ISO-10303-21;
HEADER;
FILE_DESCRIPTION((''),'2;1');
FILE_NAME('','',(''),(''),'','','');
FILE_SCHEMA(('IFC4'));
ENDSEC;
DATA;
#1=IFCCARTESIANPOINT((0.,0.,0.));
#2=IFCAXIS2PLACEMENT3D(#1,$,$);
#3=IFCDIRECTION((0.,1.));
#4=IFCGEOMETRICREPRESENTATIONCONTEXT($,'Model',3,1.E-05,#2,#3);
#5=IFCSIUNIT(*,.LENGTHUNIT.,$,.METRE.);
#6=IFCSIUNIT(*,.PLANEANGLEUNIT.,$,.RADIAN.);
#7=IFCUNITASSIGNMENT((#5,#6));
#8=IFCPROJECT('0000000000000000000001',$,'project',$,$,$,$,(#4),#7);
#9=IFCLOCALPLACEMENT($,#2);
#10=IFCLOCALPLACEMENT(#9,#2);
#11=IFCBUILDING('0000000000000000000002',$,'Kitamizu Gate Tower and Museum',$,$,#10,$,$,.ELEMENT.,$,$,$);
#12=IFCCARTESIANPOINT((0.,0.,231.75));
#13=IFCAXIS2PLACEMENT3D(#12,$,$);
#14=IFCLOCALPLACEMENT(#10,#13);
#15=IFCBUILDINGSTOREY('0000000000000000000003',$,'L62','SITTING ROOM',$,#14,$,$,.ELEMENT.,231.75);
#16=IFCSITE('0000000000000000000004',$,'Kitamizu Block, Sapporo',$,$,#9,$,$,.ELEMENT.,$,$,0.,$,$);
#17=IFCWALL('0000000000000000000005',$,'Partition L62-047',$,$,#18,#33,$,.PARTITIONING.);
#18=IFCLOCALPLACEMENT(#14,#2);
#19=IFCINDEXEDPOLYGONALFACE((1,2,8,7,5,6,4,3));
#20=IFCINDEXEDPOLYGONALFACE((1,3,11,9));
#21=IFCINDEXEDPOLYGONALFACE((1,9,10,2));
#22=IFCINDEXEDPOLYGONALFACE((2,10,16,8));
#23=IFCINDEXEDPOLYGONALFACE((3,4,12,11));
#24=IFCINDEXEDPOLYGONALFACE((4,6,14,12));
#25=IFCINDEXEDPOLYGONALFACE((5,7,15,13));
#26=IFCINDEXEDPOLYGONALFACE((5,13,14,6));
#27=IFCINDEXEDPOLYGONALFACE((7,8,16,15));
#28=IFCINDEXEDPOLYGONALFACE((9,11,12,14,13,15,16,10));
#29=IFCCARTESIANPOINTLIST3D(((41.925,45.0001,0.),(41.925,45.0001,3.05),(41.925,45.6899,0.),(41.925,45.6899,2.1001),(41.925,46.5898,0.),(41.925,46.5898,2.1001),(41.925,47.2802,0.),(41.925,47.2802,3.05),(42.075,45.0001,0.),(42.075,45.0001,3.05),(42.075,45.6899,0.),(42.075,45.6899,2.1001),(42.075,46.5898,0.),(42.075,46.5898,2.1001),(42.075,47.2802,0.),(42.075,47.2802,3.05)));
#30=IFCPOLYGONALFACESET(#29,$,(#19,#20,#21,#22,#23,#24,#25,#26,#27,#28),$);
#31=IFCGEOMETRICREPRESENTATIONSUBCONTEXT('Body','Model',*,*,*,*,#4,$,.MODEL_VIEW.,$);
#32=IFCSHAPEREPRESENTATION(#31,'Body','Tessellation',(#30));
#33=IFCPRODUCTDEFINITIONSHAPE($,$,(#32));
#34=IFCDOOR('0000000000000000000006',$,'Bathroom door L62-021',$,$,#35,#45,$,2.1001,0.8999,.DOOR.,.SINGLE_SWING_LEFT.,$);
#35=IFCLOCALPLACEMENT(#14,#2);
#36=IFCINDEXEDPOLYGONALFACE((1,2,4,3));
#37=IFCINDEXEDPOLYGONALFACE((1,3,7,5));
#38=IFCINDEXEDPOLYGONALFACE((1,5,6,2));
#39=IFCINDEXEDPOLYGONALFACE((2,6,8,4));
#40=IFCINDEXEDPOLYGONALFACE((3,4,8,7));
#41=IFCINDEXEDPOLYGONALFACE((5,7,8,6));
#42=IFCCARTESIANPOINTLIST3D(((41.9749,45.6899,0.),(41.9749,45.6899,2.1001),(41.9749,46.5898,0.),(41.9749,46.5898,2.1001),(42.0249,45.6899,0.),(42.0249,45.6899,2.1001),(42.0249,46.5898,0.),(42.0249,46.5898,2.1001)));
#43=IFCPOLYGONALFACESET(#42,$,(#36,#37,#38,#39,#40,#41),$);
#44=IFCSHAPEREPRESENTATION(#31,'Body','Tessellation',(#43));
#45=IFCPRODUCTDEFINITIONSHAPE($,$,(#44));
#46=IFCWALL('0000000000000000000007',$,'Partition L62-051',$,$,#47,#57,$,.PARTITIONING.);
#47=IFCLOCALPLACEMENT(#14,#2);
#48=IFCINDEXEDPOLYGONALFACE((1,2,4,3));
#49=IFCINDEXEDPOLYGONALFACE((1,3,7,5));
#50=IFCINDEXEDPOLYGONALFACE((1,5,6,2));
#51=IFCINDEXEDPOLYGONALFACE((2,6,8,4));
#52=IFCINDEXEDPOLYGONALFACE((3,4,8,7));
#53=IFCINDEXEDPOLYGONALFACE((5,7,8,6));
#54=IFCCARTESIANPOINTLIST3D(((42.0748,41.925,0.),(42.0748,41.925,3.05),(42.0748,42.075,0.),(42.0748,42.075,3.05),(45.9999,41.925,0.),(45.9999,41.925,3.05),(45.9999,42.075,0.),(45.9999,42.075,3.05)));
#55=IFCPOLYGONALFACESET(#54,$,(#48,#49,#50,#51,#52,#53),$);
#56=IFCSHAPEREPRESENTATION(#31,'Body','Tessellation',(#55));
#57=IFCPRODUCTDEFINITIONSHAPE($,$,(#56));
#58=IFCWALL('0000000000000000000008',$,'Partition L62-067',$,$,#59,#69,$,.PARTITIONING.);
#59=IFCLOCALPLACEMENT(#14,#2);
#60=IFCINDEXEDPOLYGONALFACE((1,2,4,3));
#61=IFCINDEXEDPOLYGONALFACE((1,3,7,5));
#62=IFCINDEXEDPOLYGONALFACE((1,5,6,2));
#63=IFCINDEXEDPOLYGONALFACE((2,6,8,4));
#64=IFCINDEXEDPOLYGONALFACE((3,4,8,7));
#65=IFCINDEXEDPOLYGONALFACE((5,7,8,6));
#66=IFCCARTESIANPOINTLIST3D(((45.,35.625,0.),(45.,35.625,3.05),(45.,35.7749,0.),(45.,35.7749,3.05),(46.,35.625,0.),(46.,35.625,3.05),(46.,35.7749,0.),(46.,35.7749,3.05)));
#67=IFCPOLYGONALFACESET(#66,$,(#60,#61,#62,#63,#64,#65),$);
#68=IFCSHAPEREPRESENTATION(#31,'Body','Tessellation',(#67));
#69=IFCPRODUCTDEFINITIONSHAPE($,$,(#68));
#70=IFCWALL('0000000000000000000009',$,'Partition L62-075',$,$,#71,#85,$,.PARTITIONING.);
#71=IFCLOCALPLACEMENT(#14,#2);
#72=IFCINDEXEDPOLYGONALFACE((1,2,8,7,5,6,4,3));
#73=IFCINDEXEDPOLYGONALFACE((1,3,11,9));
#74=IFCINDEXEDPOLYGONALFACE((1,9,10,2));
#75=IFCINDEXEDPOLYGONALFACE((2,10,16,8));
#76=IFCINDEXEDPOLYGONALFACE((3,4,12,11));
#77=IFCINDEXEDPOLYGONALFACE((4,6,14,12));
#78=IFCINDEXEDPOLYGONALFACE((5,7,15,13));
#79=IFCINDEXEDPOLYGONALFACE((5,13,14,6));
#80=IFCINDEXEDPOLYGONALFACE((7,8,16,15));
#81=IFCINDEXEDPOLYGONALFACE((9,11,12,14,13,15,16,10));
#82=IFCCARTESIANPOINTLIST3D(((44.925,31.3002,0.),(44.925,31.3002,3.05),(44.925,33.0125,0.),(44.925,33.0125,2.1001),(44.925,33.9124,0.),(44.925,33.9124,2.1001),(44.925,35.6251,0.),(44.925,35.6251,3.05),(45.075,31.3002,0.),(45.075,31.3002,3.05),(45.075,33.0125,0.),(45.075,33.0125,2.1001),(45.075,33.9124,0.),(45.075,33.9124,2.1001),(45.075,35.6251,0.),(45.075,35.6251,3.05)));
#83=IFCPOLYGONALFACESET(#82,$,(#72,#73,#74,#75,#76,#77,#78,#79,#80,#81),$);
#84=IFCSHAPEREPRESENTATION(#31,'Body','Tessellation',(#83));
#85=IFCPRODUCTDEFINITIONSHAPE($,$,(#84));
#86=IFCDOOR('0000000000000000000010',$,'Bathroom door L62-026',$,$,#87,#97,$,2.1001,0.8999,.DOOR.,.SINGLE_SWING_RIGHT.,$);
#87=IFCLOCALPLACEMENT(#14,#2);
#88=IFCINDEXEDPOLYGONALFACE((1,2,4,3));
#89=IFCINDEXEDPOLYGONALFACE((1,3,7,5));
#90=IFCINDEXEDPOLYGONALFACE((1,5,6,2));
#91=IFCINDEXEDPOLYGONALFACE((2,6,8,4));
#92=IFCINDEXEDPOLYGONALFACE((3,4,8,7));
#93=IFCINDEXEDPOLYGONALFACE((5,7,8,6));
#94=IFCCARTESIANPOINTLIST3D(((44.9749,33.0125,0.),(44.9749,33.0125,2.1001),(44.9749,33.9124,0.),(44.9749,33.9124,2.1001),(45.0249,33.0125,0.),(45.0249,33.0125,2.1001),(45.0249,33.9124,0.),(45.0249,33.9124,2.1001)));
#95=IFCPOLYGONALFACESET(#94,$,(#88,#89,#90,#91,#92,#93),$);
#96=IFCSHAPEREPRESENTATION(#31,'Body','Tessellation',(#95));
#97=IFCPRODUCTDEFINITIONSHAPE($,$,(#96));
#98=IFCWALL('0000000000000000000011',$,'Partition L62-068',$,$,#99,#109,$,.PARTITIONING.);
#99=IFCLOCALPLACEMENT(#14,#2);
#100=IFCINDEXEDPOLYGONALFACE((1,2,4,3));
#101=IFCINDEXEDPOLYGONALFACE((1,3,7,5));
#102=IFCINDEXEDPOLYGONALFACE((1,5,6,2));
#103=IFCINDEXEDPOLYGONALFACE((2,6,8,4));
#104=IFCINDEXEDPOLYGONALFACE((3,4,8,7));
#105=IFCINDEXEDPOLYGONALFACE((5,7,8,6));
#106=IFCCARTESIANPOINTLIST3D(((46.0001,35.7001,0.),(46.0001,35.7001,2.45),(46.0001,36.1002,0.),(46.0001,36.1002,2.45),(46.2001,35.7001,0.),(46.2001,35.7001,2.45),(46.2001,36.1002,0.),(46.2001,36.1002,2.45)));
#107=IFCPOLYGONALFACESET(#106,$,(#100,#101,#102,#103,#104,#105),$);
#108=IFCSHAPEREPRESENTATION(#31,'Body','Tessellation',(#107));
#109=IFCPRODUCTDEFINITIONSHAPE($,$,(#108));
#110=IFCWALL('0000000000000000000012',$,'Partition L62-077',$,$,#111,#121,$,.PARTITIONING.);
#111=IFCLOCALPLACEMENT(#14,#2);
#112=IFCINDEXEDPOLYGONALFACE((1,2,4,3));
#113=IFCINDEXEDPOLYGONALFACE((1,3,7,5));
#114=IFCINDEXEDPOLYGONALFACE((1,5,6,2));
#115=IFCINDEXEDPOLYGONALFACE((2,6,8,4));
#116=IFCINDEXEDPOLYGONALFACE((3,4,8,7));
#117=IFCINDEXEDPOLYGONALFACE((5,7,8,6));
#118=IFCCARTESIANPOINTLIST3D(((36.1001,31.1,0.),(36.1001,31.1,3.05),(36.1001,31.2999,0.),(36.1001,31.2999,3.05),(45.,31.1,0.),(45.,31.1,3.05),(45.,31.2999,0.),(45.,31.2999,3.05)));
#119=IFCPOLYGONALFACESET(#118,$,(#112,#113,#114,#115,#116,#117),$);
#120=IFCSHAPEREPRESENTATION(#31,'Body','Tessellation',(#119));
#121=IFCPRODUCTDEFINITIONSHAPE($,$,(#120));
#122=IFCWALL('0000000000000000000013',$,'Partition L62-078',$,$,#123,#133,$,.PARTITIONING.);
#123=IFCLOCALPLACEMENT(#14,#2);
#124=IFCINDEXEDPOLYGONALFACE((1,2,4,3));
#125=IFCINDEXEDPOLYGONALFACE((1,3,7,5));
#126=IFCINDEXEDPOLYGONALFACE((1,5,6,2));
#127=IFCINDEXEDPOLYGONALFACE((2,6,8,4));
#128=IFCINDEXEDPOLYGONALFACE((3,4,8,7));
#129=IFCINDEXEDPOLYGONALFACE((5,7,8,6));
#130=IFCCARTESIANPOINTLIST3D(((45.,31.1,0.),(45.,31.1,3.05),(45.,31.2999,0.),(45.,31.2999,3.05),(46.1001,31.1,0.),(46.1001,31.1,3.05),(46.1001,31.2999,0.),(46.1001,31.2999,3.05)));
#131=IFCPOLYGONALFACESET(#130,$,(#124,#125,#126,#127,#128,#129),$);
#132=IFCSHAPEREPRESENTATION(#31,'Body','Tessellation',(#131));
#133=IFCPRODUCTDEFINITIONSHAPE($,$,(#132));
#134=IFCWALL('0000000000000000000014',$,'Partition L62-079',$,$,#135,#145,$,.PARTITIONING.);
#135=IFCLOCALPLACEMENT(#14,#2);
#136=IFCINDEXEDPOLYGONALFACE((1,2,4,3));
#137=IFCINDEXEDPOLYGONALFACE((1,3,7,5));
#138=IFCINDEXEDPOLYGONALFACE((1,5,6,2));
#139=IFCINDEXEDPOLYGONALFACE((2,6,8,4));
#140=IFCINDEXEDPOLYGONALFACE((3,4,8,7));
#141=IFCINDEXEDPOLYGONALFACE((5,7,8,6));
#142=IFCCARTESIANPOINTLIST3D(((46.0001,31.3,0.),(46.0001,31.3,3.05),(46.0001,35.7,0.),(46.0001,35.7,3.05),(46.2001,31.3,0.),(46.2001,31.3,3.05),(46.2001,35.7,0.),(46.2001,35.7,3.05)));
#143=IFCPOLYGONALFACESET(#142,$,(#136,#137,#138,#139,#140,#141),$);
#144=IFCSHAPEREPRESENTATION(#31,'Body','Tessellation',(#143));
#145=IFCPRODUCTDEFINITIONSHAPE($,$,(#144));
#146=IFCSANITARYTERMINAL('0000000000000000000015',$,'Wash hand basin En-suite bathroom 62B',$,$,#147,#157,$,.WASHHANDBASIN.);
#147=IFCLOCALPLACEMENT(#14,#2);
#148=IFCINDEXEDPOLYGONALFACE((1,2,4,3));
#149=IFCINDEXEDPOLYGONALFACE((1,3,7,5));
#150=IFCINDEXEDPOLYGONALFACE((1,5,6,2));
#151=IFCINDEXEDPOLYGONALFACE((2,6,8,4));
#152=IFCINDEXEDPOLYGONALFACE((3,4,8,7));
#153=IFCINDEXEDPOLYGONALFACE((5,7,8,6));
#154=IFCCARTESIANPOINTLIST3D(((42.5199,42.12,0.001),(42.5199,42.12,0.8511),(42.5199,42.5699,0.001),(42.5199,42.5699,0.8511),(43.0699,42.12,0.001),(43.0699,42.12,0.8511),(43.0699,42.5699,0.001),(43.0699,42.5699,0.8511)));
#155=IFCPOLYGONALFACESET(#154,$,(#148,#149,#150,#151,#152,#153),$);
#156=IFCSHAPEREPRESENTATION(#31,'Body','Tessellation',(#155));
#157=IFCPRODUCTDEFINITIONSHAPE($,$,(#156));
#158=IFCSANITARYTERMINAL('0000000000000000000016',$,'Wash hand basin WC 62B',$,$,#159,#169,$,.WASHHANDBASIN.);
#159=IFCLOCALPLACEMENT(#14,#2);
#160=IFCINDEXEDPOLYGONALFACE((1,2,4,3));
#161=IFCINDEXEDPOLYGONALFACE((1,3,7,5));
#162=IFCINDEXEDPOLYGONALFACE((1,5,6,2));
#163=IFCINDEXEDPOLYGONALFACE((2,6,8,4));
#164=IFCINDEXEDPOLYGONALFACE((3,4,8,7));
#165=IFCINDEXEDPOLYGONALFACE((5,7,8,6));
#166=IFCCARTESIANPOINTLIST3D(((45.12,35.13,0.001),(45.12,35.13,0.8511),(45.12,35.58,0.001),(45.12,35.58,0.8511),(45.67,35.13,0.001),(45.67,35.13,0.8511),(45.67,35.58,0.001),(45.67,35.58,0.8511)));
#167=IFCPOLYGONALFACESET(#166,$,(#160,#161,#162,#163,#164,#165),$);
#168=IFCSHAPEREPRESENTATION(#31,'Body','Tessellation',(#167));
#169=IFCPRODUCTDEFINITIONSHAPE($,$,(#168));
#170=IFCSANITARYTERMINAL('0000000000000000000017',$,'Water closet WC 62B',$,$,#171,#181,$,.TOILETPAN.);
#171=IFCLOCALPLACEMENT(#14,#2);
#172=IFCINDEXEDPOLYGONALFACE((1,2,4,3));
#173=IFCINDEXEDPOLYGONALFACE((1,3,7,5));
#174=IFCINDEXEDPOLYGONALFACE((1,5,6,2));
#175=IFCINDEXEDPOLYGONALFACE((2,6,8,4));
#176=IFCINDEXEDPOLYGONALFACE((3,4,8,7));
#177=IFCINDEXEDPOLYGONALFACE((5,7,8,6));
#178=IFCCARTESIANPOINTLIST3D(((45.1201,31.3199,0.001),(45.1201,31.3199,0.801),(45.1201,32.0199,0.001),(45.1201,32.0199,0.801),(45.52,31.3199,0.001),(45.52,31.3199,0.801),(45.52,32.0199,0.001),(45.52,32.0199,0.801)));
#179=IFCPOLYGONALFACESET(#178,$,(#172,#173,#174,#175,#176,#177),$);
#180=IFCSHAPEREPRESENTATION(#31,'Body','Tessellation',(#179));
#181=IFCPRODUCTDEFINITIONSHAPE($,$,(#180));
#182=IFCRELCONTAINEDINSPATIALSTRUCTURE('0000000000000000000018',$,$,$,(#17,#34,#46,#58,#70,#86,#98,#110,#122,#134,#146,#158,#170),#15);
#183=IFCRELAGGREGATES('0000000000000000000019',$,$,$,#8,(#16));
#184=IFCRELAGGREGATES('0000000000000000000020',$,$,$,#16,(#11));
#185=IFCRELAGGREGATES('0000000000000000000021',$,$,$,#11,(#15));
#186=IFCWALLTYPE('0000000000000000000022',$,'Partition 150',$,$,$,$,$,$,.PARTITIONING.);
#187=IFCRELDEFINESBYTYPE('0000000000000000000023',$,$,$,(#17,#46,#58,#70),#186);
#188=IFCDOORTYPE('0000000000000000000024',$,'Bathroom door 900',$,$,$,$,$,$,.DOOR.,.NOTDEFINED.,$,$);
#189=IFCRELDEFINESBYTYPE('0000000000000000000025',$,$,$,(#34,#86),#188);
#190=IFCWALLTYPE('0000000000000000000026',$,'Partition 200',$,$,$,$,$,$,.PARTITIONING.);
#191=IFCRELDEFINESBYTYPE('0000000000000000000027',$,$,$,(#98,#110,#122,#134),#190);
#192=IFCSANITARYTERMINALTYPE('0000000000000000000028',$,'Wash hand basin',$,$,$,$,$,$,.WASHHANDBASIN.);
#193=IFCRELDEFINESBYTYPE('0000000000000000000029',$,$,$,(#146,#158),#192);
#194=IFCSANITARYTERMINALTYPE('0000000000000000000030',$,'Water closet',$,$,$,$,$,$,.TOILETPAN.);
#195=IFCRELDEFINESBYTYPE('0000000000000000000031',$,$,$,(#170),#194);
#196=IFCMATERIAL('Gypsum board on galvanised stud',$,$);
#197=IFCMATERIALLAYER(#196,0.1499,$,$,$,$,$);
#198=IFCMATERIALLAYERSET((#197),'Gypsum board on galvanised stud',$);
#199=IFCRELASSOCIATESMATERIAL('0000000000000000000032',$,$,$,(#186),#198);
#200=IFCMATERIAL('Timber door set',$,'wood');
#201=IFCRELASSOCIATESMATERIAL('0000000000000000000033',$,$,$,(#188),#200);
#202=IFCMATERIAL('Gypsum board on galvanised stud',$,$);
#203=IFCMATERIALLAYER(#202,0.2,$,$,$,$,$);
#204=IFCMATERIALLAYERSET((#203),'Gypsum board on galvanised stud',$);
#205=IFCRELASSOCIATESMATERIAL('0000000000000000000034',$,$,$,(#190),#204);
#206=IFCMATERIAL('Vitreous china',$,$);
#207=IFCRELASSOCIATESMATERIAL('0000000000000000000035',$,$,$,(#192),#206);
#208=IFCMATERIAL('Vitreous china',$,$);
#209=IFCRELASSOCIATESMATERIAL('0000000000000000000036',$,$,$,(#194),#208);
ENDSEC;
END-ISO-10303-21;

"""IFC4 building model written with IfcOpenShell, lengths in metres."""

from ifc_helpers import new_model, si_unit, direction, frame, frame_2d, origin, origin_2d, place, context, subcontext, project, spatial, rectangle, extrude, material, layer, layer_set, type_object, element, fill, save


model = new_model("IFC4")

# Units and contexts
model_context = context("Model", 3, precision=1e-05, world=origin(), true_north=direction((0.0, 1.0)))
body_context = subcontext(model_context, "Body", "Model", "MODEL_VIEW")
ifc_project = project(units=[si_unit("LENGTHUNIT", "METRE"), si_unit("PLANEANGLEUNIT", "RADIAN")], contexts=[model_context])

# Site, building, storey
site_placement = place(None, origin())
site = spatial("IfcSite", under=ifc_project, at=site_placement, Name="Kitamizu Block, Sapporo", CompositionType="ELEMENT", RefElevation=0.0)
building_placement = place(site_placement, origin())
building = spatial("IfcBuilding", under=site, at=building_placement, Name="Kitamizu Gate Tower and Museum", CompositionType="ELEMENT")
storey_placement = place(building_placement, frame((0.0, 0.0, 231.75)))
storey = spatial("IfcBuildingStorey", under=building, at=storey_placement, Name="L62", Description="SITTING ROOM", CompositionType="ELEMENT", Elevation=231.75)

# Wall, opening, door
ifc_material_1 = material(Name="Gypsum board on galvanised stud")
ifc_layer_1 = layer(ifc_material_1, 0.1499)
ifc_layer_set_1 = layer_set([ifc_layer_1], Name="Gypsum board on galvanised stud")
wall_type_1 = type_object("IfcWallType", Name="Partition 150", PredefinedType="PARTITIONING", material=ifc_layer_set_1)
ifc_material_2 = material(Name="Timber door set", Category="wood")
door_type_1 = type_object("IfcDoorType", Name="Bathroom door 900", OperationType="NOTDEFINED", PredefinedType="DOOR", material=ifc_material_2)
wall_1_placement = place(storey_placement, frame((42.0, 45.0, 0.0), z_axis=(0.0, 0.0, 1.0), x_axis=(0.0, 1.0, 0.0)))
wall_1 = element("IfcWall", 1, at=wall_1_placement, inside=storey, type_object=wall_type_1, Name="Partition L62-047", PredefinedType="PARTITIONING", context=body_context, shape_type="SweptSolid", body=[
    extrude(rectangle(XDim=2.28, YDim=0.1499, at=frame_2d((1.1401, 0.0))), origin(), (0.0, 0.0, 1.0), 3.05),
])
opening_1_placement = place(wall_1_placement, frame((0.6899, 0.0, 0.0)))
opening_1 = element("IfcOpeningElement", 2, at=opening_1_placement, cuts=wall_1, PredefinedType="OPENING", context=body_context, shape_type="SweptSolid", body=[
    extrude(rectangle(XDim=0.8999, YDim=2.1001, at=frame_2d((0.45, 1.05))), frame((0.0, 0.085, 0.0), z_axis=(0.0, -1.0, 0.0), x_axis=(1.0, 0.0, 0.0)), (0.0, 0.0, 1.0), 0.1699),
])
door_1_placement = place(opening_1_placement, frame((0.8999, 0.0, 0.0), x_axis=(-1.0, 0.0, 0.0)))
door_1 = element("IfcDoor", 3, at=door_1_placement, inside=storey, type_object=door_type_1, Name="Bathroom door L62-021", OperationType="SINGLE_SWING_LEFT", OverallHeight=2.1001, OverallWidth=0.8999, PredefinedType="DOOR", context=body_context, shape_type="SweptSolid", body=[
    extrude(rectangle(XDim=0.8999, YDim=2.1001, at=frame_2d((0.45, 1.05))), frame((0.0, 0.0249, 0.0), z_axis=(0.0, -1.0, 0.0), x_axis=(1.0, 0.0, 0.0)), (0.0, 0.0, 1.0), 0.05),
])
fill(opening_1, door_1)

# Walls
wall_2_placement = place(storey_placement, frame((42.075, 42.0, 0.0), z_axis=(0.0, 0.0, 1.0), x_axis=(1.0, 0.0, 0.0)))
element("IfcWall", 4, at=wall_2_placement, inside=storey, type_object=wall_type_1, Name="Partition L62-051", PredefinedType="PARTITIONING", context=body_context, shape_type="SweptSolid", body=[
    extrude(rectangle(XDim=3.925, YDim=0.1499, at=frame_2d((1.9624, 0.0))), origin(), (0.0, 0.0, 1.0), 3.05),
])
wall_3_placement = place(storey_placement, frame((45.0, 35.7, 0.0), z_axis=(0.0, 0.0, 1.0), x_axis=(1.0, 0.0, 0.0)))
element("IfcWall", 5, at=wall_3_placement, inside=storey, type_object=wall_type_1, Name="Partition L62-067", PredefinedType="PARTITIONING", context=body_context, shape_type="SweptSolid", body=[
    extrude(rectangle(XDim=1.0, YDim=0.1499, at=frame_2d((0.5, 0.0))), origin(), (0.0, 0.0, 1.0), 3.05),
])

# Wall, opening, door
wall_4_placement = place(storey_placement, frame((45.0, 31.3, 0.0), z_axis=(0.0, 0.0, 1.0), x_axis=(0.0, 1.0, 0.0)))
wall_4 = element("IfcWall", 6, at=wall_4_placement, inside=storey, type_object=wall_type_1, Name="Partition L62-075", PredefinedType="PARTITIONING", context=body_context, shape_type="SweptSolid", body=[
    extrude(rectangle(XDim=4.325, YDim=0.1499, at=frame_2d((2.1626, 0.0))), origin(), (0.0, 0.0, 1.0), 3.05),
])
opening_2_placement = place(wall_4_placement, frame((1.7124, 0.0, 0.0)))
opening_2 = element("IfcOpeningElement", 7, at=opening_2_placement, cuts=wall_4, PredefinedType="OPENING", context=body_context, shape_type="SweptSolid", body=[
    extrude(rectangle(XDim=0.8999, YDim=2.1001, at=frame_2d((0.45, 1.05))), frame((0.0, 0.085, 0.0), z_axis=(0.0, -1.0, 0.0), x_axis=(1.0, 0.0, 0.0)), (0.0, 0.0, 1.0), 0.1699),
])
door_2_placement = place(opening_2_placement, frame((0.8999, 0.0, 0.0), x_axis=(-1.0, 0.0, 0.0)))
door_2 = element("IfcDoor", 8, at=door_2_placement, inside=storey, type_object=door_type_1, Name="Bathroom door L62-026", OperationType="SINGLE_SWING_RIGHT", OverallHeight=2.1001, OverallWidth=0.8999, PredefinedType="DOOR", context=body_context, shape_type="SweptSolid", body=[
    extrude(rectangle(XDim=0.8999, YDim=2.1001, at=frame_2d((0.45, 1.05))), frame((0.0, 0.0249, 0.0), z_axis=(0.0, -1.0, 0.0), x_axis=(1.0, 0.0, 0.0)), (0.0, 0.0, 1.0), 0.05),
])
fill(opening_2, door_2)

# Walls
ifc_material_3 = material(Name="Gypsum board on galvanised stud")
ifc_layer_2 = layer(ifc_material_3, 0.2)
ifc_layer_set_2 = layer_set([ifc_layer_2], Name="Gypsum board on galvanised stud")
wall_type_2 = type_object("IfcWallType", Name="Partition 200", PredefinedType="PARTITIONING", material=ifc_layer_set_2)
wall_5_placement = place(storey_placement, frame((46.1001, 35.7, 0.0), z_axis=(0.0, 0.0, 1.0), x_axis=(0.0, 1.0, 0.0)))
element("IfcWall", 9, at=wall_5_placement, inside=storey, type_object=wall_type_2, Name="Partition L62-068", PredefinedType="PARTITIONING", context=body_context, shape_type="SweptSolid", body=[
    extrude(rectangle(XDim=0.4001, YDim=0.2, at=frame_2d((0.2002, 0.0))), origin(), (0.0, 0.0, 1.0), 2.45),
])
wall_6_placement = place(storey_placement, frame((36.1001, 31.2, 0.0), z_axis=(0.0, 0.0, 1.0), x_axis=(1.0, 0.0, 0.0)))
element("IfcWall", 10, at=wall_6_placement, inside=storey, type_object=wall_type_2, Name="Partition L62-077", PredefinedType="PARTITIONING", context=body_context, shape_type="SweptSolid", body=[
    extrude(rectangle(XDim=8.8999, YDim=0.2, at=frame_2d((4.45, 0.0))), origin(), (0.0, 0.0, 1.0), 3.05),
])
wall_7_placement = place(storey_placement, frame((45.0, 31.2, 0.0), z_axis=(0.0, 0.0, 1.0), x_axis=(1.0, 0.0, 0.0)))
element("IfcWall", 11, at=wall_7_placement, inside=storey, type_object=wall_type_2, Name="Partition L62-078", PredefinedType="PARTITIONING", context=body_context, shape_type="SweptSolid", body=[
    extrude(rectangle(XDim=1.1001, YDim=0.2, at=frame_2d((0.55, 0.0))), origin(), (0.0, 0.0, 1.0), 3.05),
])
wall_8_placement = place(storey_placement, frame((46.1001, 31.3, 0.0), z_axis=(0.0, 0.0, 1.0), x_axis=(0.0, 1.0, 0.0)))
element("IfcWall", 12, at=wall_8_placement, inside=storey, type_object=wall_type_2, Name="Partition L62-079", PredefinedType="PARTITIONING", context=body_context, shape_type="SweptSolid", body=[
    extrude(rectangle(XDim=4.3999, YDim=0.2, at=frame_2d((2.2, 0.0))), origin(), (0.0, 0.0, 1.0), 3.05),
])

# Sanitary terminals
ifc_material_4 = material(Name="Vitreous china")
sanitary_terminal_type_1 = type_object("IfcSanitaryTerminalType", Name="Wash hand basin", PredefinedType="WASHHANDBASIN", material=ifc_material_4)
for number, where, z_axis, x_axis, name in (
    (13, (42.7949, 42.345, 0.001), (0.0, 0.0, 1.0), (1.0, 0.0, 0.0), "Wash hand basin En-suite bathroom 62B"),
    (14, (45.395, 35.355, 0.001), (0.0, 0.0, 1.0), (1.0, 0.0, 0.0), "Wash hand basin WC 62B"),
):
    element("IfcSanitaryTerminal", number, at=place(storey_placement, frame(where, z_axis=z_axis, x_axis=x_axis)), inside=storey, type_object=sanitary_terminal_type_1, Name=name, PredefinedType="WASHHANDBASIN", context=body_context, shape_type="SweptSolid", body=[
        extrude(rectangle(XDim=0.55, YDim=0.45, at=origin_2d()), origin(), (0.0, 0.0, 1.0), 0.8501),
    ])
ifc_material_5 = material(Name="Vitreous china")
sanitary_terminal_type_2 = type_object("IfcSanitaryTerminalType", Name="Water closet", PredefinedType="TOILETPAN", material=ifc_material_5)
sanitary_terminal_placement = place(storey_placement, frame((45.3201, 31.6699, 0.001), z_axis=(0.0, 0.0, 1.0), x_axis=(1.0, 0.0, 0.0)))
element("IfcSanitaryTerminal", 15, at=sanitary_terminal_placement, inside=storey, type_object=sanitary_terminal_type_2, Name="Water closet WC 62B", PredefinedType="TOILETPAN", context=body_context, shape_type="SweptSolid", body=[
    extrude(rectangle(XDim=0.3999, YDim=0.7, at=origin_2d()), origin(), (0.0, 0.0, 1.0), 0.8),
])

save(model, "model.ifc")
